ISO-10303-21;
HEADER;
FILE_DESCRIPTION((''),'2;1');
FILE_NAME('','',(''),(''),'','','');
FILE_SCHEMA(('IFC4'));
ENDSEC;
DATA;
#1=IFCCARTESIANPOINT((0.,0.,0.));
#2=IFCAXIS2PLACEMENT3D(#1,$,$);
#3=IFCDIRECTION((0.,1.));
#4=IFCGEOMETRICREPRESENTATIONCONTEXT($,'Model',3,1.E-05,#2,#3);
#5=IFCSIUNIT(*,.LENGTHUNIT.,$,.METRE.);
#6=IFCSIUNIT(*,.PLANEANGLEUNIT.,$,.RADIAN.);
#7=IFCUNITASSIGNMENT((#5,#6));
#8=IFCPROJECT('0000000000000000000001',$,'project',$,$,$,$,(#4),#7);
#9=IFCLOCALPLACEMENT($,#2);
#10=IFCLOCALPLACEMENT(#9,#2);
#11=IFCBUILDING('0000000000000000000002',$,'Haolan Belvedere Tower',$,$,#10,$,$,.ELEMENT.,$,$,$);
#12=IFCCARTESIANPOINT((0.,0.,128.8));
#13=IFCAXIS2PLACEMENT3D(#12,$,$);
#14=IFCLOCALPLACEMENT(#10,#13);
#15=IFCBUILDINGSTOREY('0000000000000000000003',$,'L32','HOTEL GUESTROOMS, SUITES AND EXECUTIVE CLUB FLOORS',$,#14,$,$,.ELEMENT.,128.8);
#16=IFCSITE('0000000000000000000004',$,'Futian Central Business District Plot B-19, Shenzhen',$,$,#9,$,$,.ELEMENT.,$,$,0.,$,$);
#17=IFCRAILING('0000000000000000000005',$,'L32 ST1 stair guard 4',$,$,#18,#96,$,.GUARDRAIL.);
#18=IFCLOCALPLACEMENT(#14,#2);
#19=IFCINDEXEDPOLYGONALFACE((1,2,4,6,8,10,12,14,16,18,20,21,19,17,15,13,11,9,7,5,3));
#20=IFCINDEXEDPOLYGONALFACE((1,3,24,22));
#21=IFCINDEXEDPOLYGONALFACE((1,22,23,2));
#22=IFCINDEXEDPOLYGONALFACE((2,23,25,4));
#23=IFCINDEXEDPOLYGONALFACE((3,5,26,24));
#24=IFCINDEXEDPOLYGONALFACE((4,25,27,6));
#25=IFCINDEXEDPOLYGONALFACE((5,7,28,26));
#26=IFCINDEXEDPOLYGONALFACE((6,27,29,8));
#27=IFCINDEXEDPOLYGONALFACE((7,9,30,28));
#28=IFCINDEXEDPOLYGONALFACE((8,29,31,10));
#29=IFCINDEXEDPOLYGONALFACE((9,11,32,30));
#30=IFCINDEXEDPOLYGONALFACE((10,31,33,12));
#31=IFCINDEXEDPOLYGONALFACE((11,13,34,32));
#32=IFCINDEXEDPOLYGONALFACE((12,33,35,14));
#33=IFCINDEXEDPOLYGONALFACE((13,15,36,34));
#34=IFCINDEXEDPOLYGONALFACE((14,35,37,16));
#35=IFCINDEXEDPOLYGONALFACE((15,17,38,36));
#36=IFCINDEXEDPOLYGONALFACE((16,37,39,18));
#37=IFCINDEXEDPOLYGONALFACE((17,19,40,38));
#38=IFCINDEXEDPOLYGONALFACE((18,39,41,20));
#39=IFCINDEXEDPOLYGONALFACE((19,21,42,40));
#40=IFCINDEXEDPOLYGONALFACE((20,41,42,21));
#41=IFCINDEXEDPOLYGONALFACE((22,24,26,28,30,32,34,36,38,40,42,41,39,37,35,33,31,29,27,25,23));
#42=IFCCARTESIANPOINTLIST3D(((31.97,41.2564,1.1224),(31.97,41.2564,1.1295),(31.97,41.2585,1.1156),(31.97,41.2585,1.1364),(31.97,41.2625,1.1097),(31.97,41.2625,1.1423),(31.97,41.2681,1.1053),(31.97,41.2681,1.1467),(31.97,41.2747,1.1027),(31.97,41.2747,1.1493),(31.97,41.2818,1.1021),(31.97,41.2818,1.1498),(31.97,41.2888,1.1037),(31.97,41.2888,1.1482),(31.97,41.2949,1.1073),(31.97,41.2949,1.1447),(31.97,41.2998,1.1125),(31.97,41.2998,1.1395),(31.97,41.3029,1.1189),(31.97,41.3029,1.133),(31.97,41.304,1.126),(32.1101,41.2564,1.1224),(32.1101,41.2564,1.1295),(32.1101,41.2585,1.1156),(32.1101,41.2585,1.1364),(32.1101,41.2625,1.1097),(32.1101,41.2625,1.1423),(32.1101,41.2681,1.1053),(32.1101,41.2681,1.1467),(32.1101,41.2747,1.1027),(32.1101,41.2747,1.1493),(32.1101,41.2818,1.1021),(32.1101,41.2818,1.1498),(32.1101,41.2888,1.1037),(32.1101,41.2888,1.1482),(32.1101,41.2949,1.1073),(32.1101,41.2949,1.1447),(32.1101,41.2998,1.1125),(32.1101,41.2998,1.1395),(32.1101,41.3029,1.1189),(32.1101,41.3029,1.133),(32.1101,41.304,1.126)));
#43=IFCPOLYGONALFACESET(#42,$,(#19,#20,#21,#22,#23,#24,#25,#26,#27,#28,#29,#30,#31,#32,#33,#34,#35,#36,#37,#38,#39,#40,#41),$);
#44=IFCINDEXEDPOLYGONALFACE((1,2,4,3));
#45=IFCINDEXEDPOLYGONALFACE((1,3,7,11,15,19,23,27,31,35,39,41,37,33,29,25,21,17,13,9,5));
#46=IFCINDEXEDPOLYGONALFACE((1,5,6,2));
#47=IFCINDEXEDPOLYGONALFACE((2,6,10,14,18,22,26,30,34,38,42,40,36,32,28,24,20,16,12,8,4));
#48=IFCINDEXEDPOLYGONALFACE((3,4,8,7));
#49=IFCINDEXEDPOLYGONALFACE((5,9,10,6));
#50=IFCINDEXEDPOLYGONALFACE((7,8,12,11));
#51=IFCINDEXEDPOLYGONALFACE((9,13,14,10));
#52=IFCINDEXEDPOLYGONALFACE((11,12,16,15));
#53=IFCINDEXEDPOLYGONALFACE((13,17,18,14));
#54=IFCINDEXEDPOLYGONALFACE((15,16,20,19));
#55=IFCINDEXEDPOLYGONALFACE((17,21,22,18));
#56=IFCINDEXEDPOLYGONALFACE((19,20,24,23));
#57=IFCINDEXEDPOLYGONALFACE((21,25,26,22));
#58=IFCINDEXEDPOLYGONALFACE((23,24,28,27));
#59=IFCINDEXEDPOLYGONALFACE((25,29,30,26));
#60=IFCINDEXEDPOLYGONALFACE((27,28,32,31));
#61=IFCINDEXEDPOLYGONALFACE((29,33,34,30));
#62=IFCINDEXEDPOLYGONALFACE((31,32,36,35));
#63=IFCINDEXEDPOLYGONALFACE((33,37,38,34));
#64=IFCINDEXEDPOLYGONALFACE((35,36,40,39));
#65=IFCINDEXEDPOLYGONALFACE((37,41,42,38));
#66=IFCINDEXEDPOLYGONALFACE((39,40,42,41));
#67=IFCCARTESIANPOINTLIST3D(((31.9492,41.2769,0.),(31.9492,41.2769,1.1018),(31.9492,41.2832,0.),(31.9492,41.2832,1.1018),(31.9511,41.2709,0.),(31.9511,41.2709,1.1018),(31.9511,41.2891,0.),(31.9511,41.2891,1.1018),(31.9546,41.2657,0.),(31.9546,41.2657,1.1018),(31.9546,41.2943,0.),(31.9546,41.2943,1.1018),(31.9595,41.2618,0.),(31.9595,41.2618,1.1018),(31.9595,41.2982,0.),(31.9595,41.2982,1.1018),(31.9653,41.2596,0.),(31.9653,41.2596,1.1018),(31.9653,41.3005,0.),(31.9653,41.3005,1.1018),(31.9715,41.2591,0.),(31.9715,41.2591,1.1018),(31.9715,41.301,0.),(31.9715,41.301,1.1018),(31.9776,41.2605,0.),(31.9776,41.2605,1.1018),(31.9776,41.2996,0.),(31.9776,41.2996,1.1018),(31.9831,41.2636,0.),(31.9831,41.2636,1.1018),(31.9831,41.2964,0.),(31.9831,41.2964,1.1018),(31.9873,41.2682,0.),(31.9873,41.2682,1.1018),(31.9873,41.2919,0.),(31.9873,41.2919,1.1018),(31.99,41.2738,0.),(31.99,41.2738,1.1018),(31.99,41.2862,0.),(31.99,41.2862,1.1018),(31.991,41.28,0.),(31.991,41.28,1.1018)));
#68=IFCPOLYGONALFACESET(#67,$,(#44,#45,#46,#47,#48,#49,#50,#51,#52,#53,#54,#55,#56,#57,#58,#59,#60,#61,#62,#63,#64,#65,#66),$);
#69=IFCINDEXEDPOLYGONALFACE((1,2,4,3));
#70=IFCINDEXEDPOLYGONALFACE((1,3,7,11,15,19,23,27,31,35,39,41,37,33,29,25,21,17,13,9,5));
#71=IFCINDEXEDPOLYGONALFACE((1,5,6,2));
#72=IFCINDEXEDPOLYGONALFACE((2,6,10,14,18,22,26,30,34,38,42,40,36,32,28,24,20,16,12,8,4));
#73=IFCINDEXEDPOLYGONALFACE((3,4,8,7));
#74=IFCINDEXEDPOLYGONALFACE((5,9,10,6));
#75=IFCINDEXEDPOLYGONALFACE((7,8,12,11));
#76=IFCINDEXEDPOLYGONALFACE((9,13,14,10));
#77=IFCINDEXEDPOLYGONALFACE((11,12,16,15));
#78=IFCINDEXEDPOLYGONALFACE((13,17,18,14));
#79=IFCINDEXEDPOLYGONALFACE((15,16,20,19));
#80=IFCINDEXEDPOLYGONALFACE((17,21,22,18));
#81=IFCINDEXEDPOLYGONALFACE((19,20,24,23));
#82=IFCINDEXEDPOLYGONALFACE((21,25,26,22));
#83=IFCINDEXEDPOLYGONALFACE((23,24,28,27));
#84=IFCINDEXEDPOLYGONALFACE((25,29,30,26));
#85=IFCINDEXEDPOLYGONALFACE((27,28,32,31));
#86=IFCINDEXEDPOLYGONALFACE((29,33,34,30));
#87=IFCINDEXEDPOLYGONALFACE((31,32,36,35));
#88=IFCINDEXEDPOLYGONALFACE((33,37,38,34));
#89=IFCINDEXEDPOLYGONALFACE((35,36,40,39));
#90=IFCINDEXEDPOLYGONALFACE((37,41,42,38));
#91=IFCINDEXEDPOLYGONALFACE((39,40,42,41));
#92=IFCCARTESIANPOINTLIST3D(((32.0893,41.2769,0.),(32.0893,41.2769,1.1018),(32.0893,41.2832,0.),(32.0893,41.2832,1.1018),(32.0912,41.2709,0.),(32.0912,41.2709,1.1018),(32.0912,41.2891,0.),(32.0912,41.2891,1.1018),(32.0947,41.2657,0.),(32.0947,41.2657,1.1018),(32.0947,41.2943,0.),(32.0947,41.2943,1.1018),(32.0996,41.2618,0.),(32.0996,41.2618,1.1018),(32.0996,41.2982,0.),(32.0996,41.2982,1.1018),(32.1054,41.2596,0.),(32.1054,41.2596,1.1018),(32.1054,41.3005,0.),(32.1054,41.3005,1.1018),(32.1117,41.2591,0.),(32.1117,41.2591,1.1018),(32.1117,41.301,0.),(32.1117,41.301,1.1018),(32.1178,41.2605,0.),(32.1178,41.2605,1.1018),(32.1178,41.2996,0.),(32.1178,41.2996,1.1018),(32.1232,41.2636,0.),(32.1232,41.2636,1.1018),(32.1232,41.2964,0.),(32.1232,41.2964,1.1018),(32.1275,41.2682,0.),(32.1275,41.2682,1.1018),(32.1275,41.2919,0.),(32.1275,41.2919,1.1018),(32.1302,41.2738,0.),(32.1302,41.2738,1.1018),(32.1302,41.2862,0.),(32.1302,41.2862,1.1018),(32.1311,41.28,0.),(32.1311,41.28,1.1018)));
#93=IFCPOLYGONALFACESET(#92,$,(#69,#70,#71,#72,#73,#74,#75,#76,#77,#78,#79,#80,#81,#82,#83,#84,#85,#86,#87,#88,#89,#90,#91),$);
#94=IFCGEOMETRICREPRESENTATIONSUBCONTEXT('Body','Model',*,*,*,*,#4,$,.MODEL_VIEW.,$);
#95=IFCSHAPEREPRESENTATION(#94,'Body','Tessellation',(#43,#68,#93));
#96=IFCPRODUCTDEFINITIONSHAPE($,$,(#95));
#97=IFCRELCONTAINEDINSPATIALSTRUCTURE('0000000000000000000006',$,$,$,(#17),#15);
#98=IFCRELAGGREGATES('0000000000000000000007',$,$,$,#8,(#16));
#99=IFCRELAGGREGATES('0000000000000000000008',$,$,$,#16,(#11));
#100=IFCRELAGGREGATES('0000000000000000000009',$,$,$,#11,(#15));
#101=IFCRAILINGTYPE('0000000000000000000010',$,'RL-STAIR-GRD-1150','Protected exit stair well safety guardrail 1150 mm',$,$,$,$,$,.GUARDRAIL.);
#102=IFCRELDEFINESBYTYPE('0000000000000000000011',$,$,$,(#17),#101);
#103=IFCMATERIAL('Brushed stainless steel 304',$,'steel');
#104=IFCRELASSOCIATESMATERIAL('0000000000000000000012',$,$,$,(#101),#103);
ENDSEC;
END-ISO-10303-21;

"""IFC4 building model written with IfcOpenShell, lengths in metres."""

from ifc_helpers import new_model, si_unit, direction, frame, origin, origin_2d, place, context, subcontext, project, spatial, circle, extrude, material, type_object, element, save


model = new_model("IFC4")

# Units and contexts
model_context = context("Model", 3, precision=1e-05, world=origin(), true_north=direction((0.0, 1.0)))
body_context = subcontext(model_context, "Body", "Model", "MODEL_VIEW")
ifc_project = project(units=[si_unit("LENGTHUNIT", "METRE"), si_unit("PLANEANGLEUNIT", "RADIAN")], contexts=[model_context])

# Site, building, storey
site_placement = place(None, origin())
site = spatial("IfcSite", under=ifc_project, at=site_placement, Name="Futian Central Business District Plot B-19, Shenzhen", CompositionType="ELEMENT", RefElevation=0.0)
building_placement = place(site_placement, origin())
building = spatial("IfcBuilding", under=site, at=building_placement, Name="Haolan Belvedere Tower", CompositionType="ELEMENT")
storey_placement = place(building_placement, frame((0.0, 0.0, 128.8)))
storey = spatial("IfcBuildingStorey", under=building, at=storey_placement, Name="L32", Description="HOTEL GUESTROOMS, SUITES AND EXECUTIVE CLUB FLOORS", CompositionType="ELEMENT", Elevation=128.8)

# Railing
ifc_material_1 = material(Name="Brushed stainless steel 304", Category="steel")
railing_type_1 = type_object("IfcRailingType", Name="RL-STAIR-GRD-1150", Description="Protected exit stair well safety guardrail 1150 mm", PredefinedType="GUARDRAIL", material=ifc_material_1)
railing_1_placement = place(storey_placement, frame((31.97, 41.28, 0.0)))
element("IfcRailing", 1, at=railing_1_placement, inside=storey, type_object=railing_type_1, Name="L32 ST1 stair guard 4", PredefinedType="GUARDRAIL", context=body_context, shape_type="SweptSolid", body=[
    extrude(circle(Radius=0.0239, at=origin_2d()), frame((0.0, 0.0, 1.126), z_axis=(1.0, 0.0, 0.0), x_axis=(0.0, 1.0, 0.0)), (0.0, 0.0, 1.0), 0.1401),
    extrude(circle(Radius=0.021, at=origin_2d()), origin(), (0.0, 0.0, 1.0), 1.1018),
    extrude(circle(Radius=0.021, at=origin_2d()), frame((0.1401, 0.0, 0.0)), (0.0, 0.0, 1.0), 1.1018),
])

save(model, "model.ifc")
